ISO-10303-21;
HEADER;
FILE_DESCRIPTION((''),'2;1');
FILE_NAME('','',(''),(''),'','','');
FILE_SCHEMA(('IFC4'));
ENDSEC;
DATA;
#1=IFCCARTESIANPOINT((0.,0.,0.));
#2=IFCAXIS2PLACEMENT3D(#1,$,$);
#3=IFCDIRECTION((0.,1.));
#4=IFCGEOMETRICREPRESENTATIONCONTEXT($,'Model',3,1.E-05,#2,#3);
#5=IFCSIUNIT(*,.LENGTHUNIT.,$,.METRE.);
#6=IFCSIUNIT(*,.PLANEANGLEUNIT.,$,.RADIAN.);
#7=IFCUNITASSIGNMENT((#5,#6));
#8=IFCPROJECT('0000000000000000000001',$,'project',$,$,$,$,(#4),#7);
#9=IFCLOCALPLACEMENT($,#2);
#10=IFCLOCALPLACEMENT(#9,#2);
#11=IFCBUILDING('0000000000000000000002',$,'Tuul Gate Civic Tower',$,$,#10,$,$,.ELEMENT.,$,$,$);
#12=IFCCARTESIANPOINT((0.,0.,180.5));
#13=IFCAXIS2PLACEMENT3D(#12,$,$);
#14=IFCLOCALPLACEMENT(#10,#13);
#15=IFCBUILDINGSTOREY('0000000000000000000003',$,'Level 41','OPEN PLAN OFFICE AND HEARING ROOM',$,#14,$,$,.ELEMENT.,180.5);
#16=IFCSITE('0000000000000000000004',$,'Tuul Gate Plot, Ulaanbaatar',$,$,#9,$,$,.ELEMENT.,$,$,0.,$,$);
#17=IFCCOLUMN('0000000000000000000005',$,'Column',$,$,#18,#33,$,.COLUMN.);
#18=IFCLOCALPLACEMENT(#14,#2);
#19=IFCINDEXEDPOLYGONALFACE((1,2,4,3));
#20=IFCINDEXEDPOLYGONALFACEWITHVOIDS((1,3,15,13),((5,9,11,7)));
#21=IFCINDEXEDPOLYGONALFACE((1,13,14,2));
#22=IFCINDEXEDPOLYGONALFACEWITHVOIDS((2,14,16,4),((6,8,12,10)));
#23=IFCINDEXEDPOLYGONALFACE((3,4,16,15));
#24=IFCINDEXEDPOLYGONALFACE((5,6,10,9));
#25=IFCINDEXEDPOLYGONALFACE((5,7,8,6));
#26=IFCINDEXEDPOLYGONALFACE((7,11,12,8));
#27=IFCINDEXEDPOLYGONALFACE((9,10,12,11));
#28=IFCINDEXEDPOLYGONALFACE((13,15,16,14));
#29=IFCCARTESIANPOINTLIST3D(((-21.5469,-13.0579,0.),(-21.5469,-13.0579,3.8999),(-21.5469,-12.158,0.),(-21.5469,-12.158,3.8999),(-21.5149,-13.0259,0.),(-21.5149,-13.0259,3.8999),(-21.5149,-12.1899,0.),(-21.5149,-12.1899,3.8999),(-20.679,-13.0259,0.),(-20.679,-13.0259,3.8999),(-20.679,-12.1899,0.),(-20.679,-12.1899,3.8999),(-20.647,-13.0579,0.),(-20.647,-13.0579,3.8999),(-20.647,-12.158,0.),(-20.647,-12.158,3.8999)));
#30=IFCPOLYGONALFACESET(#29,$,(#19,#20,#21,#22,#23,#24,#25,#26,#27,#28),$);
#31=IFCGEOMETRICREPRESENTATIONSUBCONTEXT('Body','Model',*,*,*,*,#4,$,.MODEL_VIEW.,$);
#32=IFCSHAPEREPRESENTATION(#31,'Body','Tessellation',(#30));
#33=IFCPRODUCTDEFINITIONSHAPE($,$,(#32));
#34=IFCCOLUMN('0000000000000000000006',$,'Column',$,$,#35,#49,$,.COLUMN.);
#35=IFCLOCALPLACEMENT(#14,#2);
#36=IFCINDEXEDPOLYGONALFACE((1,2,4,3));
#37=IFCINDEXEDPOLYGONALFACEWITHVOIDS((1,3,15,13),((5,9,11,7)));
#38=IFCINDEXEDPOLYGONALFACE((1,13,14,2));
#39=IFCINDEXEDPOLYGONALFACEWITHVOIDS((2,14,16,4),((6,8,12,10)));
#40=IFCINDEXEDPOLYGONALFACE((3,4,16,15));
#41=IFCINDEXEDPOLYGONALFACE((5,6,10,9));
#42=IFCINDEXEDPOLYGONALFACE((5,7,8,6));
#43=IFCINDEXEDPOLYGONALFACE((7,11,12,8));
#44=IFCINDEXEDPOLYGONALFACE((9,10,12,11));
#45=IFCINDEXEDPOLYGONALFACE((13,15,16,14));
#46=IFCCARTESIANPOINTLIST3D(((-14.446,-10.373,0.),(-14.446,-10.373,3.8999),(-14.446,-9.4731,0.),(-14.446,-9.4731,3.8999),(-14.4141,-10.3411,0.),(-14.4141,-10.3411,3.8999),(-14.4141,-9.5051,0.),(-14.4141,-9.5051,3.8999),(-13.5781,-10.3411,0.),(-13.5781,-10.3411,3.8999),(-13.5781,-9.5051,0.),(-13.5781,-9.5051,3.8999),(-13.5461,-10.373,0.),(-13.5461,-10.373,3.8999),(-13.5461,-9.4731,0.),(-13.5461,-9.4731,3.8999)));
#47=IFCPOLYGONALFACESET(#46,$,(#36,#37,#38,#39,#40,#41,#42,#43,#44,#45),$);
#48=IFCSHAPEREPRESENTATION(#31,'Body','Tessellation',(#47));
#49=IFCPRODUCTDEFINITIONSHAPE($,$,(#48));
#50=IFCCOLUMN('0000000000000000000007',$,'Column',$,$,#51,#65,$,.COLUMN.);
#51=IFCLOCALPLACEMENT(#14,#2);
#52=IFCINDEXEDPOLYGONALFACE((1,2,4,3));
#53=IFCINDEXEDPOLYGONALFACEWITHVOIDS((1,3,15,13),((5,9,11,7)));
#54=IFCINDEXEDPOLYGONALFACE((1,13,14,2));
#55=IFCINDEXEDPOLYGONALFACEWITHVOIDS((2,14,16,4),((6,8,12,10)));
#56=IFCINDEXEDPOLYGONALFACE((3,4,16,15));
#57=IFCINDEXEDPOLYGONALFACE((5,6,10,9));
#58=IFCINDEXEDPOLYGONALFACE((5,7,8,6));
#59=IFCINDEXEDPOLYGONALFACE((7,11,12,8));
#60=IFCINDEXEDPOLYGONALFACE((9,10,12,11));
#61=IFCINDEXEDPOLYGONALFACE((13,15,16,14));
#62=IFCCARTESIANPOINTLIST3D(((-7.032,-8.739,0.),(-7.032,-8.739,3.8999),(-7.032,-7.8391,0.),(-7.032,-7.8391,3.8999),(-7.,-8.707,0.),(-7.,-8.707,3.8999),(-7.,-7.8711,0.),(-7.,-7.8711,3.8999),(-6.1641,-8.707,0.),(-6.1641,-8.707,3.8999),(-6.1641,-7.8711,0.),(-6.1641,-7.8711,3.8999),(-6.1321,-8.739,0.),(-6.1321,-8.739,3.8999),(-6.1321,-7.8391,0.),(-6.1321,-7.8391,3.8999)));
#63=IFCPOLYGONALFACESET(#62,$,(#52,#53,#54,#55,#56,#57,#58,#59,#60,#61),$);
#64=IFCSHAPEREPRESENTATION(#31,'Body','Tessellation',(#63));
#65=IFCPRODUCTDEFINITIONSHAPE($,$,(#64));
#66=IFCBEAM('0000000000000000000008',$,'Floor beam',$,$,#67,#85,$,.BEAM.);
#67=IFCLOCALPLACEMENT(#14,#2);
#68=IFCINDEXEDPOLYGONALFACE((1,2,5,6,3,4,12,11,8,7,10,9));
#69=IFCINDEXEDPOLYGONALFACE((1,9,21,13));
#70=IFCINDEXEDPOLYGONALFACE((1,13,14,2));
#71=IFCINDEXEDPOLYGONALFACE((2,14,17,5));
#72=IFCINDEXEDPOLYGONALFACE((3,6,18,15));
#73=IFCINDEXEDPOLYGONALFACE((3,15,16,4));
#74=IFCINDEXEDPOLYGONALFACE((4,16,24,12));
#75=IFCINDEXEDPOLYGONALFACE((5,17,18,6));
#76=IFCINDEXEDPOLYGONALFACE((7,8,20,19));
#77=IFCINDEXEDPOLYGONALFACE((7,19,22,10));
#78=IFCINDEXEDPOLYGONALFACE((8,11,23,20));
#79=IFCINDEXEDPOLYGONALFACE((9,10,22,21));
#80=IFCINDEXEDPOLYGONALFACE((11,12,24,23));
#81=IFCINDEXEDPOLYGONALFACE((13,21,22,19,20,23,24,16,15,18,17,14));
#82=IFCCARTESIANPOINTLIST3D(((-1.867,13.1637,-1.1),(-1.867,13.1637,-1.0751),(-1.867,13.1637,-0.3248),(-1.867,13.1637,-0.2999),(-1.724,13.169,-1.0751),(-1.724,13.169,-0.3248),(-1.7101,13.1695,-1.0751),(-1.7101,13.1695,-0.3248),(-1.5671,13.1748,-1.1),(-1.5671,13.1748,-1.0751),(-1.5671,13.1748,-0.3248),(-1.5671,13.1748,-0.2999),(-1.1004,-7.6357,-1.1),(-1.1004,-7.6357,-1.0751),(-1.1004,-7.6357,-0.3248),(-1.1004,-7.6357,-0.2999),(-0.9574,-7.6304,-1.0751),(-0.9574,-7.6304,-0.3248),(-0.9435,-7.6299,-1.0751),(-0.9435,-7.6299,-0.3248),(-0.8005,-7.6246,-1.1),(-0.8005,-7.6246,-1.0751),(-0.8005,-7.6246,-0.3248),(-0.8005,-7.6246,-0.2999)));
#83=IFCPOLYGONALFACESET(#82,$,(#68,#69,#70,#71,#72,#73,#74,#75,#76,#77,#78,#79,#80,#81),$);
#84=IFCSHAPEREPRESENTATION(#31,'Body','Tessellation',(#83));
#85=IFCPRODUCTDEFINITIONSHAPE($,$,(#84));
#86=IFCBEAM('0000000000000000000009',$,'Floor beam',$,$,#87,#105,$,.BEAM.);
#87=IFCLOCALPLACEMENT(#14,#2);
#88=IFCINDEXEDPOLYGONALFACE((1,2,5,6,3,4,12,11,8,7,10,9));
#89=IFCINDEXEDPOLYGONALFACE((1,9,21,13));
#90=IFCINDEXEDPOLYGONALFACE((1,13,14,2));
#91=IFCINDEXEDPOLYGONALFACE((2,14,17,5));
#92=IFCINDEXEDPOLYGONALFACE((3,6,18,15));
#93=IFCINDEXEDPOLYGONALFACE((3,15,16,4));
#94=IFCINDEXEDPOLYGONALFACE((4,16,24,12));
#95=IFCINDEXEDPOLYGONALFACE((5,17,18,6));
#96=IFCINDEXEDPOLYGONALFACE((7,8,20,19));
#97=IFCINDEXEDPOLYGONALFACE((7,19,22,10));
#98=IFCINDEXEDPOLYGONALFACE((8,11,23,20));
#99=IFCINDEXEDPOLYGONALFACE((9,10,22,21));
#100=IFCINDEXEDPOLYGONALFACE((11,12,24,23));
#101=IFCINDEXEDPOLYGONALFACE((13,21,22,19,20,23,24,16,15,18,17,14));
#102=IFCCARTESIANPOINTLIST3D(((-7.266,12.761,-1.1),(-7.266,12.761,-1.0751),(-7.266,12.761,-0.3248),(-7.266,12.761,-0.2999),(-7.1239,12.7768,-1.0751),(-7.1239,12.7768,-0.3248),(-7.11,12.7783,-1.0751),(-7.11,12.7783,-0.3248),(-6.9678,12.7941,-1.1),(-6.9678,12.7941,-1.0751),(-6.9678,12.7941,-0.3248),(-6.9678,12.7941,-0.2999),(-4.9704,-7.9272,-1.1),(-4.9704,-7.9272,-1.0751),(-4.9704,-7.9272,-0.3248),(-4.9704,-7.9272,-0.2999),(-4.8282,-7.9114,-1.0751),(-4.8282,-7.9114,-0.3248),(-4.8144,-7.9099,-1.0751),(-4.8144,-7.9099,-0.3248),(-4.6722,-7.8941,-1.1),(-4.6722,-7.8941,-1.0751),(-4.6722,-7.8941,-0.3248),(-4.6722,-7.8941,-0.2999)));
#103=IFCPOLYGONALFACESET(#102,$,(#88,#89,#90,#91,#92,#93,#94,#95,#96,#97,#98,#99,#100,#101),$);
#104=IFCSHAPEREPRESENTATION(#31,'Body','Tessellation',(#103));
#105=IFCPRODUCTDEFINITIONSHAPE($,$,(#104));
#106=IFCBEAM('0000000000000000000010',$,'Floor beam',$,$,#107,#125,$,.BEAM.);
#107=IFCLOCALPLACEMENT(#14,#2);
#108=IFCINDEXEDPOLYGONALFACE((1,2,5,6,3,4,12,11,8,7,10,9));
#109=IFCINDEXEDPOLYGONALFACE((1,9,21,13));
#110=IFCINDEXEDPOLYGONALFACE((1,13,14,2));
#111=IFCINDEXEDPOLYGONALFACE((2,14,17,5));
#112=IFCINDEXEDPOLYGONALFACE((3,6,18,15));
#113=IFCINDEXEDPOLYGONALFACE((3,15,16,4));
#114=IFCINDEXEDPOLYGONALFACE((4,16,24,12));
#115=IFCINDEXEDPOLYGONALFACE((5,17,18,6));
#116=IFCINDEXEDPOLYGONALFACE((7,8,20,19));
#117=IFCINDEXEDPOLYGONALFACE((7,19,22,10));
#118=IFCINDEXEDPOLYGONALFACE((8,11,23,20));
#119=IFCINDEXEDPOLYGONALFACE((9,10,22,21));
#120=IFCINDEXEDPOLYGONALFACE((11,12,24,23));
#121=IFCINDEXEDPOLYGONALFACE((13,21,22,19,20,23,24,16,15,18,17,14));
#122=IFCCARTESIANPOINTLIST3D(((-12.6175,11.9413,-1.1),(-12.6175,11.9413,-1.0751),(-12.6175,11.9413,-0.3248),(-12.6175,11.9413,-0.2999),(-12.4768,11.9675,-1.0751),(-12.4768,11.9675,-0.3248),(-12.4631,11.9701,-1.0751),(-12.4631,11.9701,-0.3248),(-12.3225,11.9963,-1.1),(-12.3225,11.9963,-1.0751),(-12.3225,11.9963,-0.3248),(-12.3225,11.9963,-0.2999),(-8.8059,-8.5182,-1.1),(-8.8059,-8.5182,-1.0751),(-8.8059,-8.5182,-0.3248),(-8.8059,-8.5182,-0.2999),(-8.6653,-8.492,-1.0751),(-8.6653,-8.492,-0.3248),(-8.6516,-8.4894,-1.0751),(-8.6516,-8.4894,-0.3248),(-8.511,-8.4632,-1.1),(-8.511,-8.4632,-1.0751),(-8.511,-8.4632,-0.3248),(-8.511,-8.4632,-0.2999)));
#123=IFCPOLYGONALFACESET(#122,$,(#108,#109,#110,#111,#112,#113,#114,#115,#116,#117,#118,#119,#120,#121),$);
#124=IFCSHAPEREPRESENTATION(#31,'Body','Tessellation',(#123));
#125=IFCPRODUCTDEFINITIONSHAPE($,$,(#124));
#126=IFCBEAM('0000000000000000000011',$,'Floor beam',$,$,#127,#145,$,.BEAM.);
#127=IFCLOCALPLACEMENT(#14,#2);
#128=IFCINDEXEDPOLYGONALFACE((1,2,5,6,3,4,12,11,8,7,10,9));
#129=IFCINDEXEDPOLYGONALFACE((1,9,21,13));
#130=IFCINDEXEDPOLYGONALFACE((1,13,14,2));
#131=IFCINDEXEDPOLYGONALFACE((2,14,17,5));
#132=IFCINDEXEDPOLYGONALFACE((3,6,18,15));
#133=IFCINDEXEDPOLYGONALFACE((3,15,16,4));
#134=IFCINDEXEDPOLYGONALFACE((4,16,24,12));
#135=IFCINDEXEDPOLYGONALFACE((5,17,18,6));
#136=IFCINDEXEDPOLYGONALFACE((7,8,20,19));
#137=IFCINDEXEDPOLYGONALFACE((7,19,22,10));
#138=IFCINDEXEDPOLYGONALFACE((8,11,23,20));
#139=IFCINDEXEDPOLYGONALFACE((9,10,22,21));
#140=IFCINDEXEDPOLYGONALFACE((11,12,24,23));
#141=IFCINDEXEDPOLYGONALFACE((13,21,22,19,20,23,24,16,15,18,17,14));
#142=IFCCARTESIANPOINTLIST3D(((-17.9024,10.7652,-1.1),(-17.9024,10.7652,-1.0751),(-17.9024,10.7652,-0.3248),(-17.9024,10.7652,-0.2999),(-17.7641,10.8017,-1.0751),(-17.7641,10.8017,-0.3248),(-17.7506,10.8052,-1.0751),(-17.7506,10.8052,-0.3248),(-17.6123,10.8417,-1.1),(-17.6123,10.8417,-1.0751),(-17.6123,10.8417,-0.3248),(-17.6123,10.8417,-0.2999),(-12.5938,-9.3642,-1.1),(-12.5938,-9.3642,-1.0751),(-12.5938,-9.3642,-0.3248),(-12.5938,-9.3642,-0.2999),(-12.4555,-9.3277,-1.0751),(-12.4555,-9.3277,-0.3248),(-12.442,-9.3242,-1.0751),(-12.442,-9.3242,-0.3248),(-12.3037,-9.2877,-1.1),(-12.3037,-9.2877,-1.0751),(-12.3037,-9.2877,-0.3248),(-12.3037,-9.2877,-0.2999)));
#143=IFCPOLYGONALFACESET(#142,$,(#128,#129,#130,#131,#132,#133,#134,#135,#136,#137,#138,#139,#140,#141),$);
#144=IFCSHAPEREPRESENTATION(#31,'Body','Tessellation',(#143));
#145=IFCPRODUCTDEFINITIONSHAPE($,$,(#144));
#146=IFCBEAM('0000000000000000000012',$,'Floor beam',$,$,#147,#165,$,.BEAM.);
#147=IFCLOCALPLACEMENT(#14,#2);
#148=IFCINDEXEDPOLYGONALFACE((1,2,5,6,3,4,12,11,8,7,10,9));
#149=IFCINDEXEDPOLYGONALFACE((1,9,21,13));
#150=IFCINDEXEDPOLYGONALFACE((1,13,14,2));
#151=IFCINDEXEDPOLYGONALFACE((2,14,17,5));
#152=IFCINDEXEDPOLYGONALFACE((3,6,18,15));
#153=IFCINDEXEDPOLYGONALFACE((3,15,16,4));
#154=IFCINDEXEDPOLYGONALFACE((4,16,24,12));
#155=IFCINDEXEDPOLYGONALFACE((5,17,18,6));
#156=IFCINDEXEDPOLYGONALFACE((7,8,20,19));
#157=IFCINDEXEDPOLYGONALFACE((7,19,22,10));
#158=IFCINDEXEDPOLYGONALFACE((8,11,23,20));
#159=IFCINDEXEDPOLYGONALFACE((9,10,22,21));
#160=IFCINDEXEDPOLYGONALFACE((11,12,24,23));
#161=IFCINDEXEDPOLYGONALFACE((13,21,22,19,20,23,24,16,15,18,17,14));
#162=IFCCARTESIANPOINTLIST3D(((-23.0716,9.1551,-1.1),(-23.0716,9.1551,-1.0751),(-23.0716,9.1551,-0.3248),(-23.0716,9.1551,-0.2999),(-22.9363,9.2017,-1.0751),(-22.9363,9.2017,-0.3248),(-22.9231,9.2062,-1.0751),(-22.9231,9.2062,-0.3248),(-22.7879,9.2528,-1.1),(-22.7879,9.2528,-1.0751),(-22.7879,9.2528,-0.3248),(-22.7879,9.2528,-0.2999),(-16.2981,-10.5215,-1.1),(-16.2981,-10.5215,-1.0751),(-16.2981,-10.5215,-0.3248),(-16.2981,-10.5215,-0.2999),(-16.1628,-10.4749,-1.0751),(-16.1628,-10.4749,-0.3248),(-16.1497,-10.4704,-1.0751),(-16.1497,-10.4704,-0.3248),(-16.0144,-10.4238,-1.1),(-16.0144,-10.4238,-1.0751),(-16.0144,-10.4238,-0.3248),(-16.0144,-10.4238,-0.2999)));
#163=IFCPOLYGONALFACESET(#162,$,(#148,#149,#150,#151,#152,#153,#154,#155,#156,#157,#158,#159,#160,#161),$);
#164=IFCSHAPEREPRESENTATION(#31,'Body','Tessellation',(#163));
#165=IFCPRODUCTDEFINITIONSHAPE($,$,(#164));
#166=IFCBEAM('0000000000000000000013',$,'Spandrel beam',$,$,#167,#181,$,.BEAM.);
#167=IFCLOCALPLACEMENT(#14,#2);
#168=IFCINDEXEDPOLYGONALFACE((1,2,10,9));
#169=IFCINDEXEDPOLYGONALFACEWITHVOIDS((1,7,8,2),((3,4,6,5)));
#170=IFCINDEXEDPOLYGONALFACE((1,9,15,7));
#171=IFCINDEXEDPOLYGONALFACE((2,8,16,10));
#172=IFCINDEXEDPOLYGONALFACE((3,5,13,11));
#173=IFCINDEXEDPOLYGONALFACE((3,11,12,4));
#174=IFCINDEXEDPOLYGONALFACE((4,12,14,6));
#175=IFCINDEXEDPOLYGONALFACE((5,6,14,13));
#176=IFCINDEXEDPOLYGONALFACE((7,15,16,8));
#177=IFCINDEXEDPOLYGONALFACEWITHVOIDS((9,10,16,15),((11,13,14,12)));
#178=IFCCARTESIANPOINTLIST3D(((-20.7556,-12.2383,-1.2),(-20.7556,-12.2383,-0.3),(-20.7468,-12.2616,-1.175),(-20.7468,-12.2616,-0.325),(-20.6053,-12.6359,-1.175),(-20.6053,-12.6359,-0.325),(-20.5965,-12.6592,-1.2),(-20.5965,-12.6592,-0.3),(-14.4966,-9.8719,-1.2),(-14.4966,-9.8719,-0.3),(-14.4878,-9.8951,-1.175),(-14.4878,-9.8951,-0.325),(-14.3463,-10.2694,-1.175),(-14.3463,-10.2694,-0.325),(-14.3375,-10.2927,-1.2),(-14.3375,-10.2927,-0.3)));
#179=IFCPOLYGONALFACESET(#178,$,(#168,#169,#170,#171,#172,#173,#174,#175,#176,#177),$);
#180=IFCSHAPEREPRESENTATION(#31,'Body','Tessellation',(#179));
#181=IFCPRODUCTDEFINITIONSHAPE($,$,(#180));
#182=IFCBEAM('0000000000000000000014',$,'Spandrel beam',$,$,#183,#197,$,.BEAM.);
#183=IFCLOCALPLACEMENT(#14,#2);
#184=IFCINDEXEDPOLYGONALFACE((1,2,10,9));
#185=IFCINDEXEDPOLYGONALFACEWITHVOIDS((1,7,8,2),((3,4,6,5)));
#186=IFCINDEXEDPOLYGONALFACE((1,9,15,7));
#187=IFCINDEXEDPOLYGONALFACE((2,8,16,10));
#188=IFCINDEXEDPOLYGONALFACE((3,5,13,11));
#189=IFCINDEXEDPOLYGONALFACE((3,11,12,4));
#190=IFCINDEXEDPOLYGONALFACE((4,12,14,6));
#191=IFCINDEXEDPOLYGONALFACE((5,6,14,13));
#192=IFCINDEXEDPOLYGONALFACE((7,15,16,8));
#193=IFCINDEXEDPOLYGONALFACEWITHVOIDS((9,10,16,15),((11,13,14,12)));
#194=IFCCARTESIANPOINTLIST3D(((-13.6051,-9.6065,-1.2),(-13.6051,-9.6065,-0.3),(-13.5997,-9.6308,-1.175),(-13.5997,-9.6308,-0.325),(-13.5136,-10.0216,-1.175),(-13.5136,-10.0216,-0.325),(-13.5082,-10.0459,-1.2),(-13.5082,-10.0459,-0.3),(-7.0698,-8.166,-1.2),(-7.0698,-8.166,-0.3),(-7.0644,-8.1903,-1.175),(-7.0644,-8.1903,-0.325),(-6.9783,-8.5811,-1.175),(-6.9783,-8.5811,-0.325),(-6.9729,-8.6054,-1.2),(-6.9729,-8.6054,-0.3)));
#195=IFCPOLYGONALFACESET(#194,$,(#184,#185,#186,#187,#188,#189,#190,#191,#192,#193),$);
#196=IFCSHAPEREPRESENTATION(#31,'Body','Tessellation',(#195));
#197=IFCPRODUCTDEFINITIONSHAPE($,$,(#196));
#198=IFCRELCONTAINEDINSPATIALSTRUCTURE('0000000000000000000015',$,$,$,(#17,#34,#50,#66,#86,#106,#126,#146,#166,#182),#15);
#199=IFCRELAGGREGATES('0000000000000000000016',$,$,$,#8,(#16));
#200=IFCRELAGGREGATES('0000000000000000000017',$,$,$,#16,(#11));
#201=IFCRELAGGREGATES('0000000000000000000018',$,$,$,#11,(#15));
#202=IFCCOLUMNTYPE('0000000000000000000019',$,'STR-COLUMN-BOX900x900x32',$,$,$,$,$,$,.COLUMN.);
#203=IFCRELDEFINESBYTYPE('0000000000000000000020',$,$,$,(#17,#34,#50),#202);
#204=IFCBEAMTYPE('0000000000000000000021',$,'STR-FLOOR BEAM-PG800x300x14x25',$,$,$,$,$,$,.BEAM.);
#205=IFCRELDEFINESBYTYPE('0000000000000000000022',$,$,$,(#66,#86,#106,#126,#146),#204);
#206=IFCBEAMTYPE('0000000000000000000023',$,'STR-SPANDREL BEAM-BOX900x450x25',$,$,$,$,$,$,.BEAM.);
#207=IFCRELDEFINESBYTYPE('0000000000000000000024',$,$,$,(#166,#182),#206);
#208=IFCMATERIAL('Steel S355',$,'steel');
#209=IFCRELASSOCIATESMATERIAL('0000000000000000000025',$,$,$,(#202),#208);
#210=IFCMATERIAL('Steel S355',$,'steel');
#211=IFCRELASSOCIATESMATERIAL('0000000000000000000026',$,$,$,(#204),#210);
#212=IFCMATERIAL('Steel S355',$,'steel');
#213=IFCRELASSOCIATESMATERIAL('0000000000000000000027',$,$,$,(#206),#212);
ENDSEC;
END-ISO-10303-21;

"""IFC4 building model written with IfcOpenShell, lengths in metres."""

from ifc_helpers import new_model, si_unit, direction, frame, origin, origin_2d, place, context, subcontext, project, spatial, hollow_rectangle, i_section, extrude, material, material_profile, profile_set, type_object, element, save


model = new_model("IFC4")

# Units and contexts
model_context = context("Model", 3, precision=1e-05, world=origin(), true_north=direction((0.0, 1.0)))
body_context = subcontext(model_context, "Body", "Model", "MODEL_VIEW")
ifc_project = project(units=[si_unit("LENGTHUNIT", "METRE"), si_unit("PLANEANGLEUNIT", "RADIAN")], contexts=[model_context])

# Site, building, storey
site_placement = place(None, origin())
site = spatial("IfcSite", under=ifc_project, at=site_placement, Name="Tuul Gate Plot, Ulaanbaatar", CompositionType="ELEMENT", RefElevation=0.0)
building_placement = place(site_placement, origin())
building = spatial("IfcBuilding", under=site, at=building_placement, Name="Tuul Gate Civic Tower", CompositionType="ELEMENT")
storey_placement = place(building_placement, frame((0.0, 0.0, 180.5)))
storey = spatial("IfcBuildingStorey", under=building, at=storey_placement, Name="Level 41", Description="OPEN PLAN OFFICE AND HEARING ROOM", CompositionType="ELEMENT", Elevation=180.5)

# Columns
ifc_material_1 = material(Name="Steel S355", Category="steel")
ifc_material_profile_1 = material_profile(ifc_material_1, hollow_rectangle(XDim=0.8999, YDim=0.8999, WallThickness=0.032, at=origin_2d()), Name="BOX900x900x32")
ifc_profile_set_1 = profile_set([ifc_material_profile_1], Name="Steel S355")
column_type = type_object("IfcColumnType", Name="STR-COLUMN-BOX900x900x32", PredefinedType="COLUMN", material=ifc_profile_set_1)
for number, where, z_axis, x_axis, name in (
    (1, (-21.0969, -12.6079, 0.0), (0.0, 0.0, 1.0), (1.0, 0.0, 0.0), "Column"),
    (2, (-13.9961, -9.9231, 0.0), (0.0, 0.0, 1.0), (1.0, 0.0, 0.0), "Column"),
    (3, (-6.582, -8.2891, 0.0), (0.0, 0.0, 1.0), (1.0, 0.0, 0.0), "Column"),
):
    element("IfcColumn", number, at=place(storey_placement, frame(where, z_axis=z_axis, x_axis=x_axis)), inside=storey, type_object=column_type, Name=name, PredefinedType="COLUMN", context=body_context, shape_type="SweptSolid", body=[
        extrude(hollow_rectangle(XDim=0.8999, YDim=0.8999, WallThickness=0.032, at=origin_2d()), origin(), (0.0, 0.0, 1.0), 3.8999),
    ])

# Beams
ifc_material_2 = material(Name="Steel S355", Category="steel")
ifc_material_profile_2 = material_profile(ifc_material_2, i_section(OverallWidth=0.3, OverallDepth=0.8, WebThickness=0.0139, FlangeThickness=0.0249, at=origin_2d()), Name="PG800x300x14x25")
ifc_profile_set_2 = profile_set([ifc_material_profile_2], Name="Steel S355")
beam_type_1 = type_object("IfcBeamType", Name="STR-FLOOR BEAM-PG800x300x14x25", PredefinedType="BEAM", material=ifc_profile_set_2)
beam_1_placement = place(storey_placement, frame((-0.9504, -7.6301, -0.7), z_axis=(-0.036832, 0.999321, 0.0), x_axis=(-0.999321, -0.036832, 0.0)))
element("IfcBeam", 4, at=beam_1_placement, inside=storey, type_object=beam_type_1, Name="Floor beam", PredefinedType="BEAM", context=body_context, shape_type="SweptSolid", body=[
    extrude(i_section(OverallWidth=0.3, OverallDepth=0.8, WebThickness=0.0139, FlangeThickness=0.0249, at=origin_2d()), origin(), (0.0, 0.0, 1.0), 20.8135),
])
beam_2_placement = place(storey_placement, frame((-4.8213, -7.9106, -0.7), z_axis=(-0.110287, 0.9939, 0.0), x_axis=(-0.9939, -0.110287, 0.0)))
element("IfcBeam", 5, at=beam_2_placement, inside=storey, type_object=beam_type_1, Name="Floor beam", PredefinedType="BEAM", context=body_context, shape_type="SweptSolid", body=[
    extrude(i_section(OverallWidth=0.3, OverallDepth=0.8, WebThickness=0.0139, FlangeThickness=0.0249, at=origin_2d()), origin(), (0.0, 0.0, 1.0), 20.8152),
])
beam_3_placement = place(storey_placement, frame((-8.6584, -8.4907, -0.7), z_axis=(-0.183145, 0.983086, 0.0), x_axis=(-0.983086, -0.183145, 0.0)))
element("IfcBeam", 6, at=beam_3_placement, inside=storey, type_object=beam_type_1, Name="Floor beam", PredefinedType="BEAM", context=body_context, shape_type="SweptSolid", body=[
    extrude(i_section(OverallWidth=0.3, OverallDepth=0.8, WebThickness=0.0139, FlangeThickness=0.0249, at=origin_2d()), origin(), (0.0, 0.0, 1.0), 20.8115),
])
beam_4_placement = place(storey_placement, frame((-12.4487, -9.3259, -0.7), z_axis=(-0.255005, 0.96694, 0.0), x_axis=(-0.96694, -0.255005, 0.0)))
element("IfcBeam", 7, at=beam_4_placement, inside=storey, type_object=beam_type_1, Name="Floor beam", PredefinedType="BEAM", context=body_context, shape_type="SweptSolid", body=[
    extrude(i_section(OverallWidth=0.3, OverallDepth=0.8, WebThickness=0.0139, FlangeThickness=0.0249, at=origin_2d()), origin(), (0.0, 0.0, 1.0), 20.8176),
])
beam_5_placement = place(storey_placement, frame((-16.1562, -10.4727, -0.7), z_axis=(-0.325494, 0.945544, 0.0), x_axis=(-0.945544, -0.325494, 0.0)))
element("IfcBeam", 8, at=beam_5_placement, inside=storey, type_object=beam_type_1, Name="Floor beam", PredefinedType="BEAM", context=body_context, shape_type="SweptSolid", body=[
    extrude(i_section(OverallWidth=0.3, OverallDepth=0.8, WebThickness=0.0139, FlangeThickness=0.0249, at=origin_2d()), origin(), (0.0, 0.0, 1.0), 20.8098),
])
ifc_material_3 = material(Name="Steel S355", Category="steel")
ifc_material_profile_3 = material_profile(ifc_material_3, hollow_rectangle(XDim=0.45, YDim=0.8999, WallThickness=0.0249, at=origin_2d()), Name="BOX900x450x25")
ifc_profile_set_3 = profile_set([ifc_material_profile_3], Name="Steel S355")
beam_type_2 = type_object("IfcBeamType", Name="STR-SPANDREL BEAM-BOX900x450x25", PredefinedType="BEAM", material=ifc_profile_set_3)
beam_6_placement = place(storey_placement, frame((-20.676, -12.4487, -0.75), z_axis=(0.935377, 0.353653, 0.0), x_axis=(-0.353653, 0.935377, 0.0)))
element("IfcBeam", 9, at=beam_6_placement, inside=storey, type_object=beam_type_2, Name="Spandrel beam", PredefinedType="BEAM", context=body_context, shape_type="SweptSolid", body=[
    extrude(hollow_rectangle(XDim=0.45, YDim=0.8999, WallThickness=0.0249, at=origin_2d()), origin(), (0.0, 0.0, 1.0), 6.6914),
])
beam_7_placement = place(storey_placement, frame((-13.5566, -9.8262, -0.75), z_axis=(0.97656, 0.215246, 0.0), x_axis=(-0.215246, 0.97656, 0.0)))
element("IfcBeam", 10, at=beam_7_placement, inside=storey, type_object=beam_type_2, Name="Spandrel beam", PredefinedType="BEAM", context=body_context, shape_type="SweptSolid", body=[
    extrude(hollow_rectangle(XDim=0.45, YDim=0.8999, WallThickness=0.0249, at=origin_2d()), origin(), (0.0, 0.0, 1.0), 6.6921),
])

save(model, "model.ifc")
